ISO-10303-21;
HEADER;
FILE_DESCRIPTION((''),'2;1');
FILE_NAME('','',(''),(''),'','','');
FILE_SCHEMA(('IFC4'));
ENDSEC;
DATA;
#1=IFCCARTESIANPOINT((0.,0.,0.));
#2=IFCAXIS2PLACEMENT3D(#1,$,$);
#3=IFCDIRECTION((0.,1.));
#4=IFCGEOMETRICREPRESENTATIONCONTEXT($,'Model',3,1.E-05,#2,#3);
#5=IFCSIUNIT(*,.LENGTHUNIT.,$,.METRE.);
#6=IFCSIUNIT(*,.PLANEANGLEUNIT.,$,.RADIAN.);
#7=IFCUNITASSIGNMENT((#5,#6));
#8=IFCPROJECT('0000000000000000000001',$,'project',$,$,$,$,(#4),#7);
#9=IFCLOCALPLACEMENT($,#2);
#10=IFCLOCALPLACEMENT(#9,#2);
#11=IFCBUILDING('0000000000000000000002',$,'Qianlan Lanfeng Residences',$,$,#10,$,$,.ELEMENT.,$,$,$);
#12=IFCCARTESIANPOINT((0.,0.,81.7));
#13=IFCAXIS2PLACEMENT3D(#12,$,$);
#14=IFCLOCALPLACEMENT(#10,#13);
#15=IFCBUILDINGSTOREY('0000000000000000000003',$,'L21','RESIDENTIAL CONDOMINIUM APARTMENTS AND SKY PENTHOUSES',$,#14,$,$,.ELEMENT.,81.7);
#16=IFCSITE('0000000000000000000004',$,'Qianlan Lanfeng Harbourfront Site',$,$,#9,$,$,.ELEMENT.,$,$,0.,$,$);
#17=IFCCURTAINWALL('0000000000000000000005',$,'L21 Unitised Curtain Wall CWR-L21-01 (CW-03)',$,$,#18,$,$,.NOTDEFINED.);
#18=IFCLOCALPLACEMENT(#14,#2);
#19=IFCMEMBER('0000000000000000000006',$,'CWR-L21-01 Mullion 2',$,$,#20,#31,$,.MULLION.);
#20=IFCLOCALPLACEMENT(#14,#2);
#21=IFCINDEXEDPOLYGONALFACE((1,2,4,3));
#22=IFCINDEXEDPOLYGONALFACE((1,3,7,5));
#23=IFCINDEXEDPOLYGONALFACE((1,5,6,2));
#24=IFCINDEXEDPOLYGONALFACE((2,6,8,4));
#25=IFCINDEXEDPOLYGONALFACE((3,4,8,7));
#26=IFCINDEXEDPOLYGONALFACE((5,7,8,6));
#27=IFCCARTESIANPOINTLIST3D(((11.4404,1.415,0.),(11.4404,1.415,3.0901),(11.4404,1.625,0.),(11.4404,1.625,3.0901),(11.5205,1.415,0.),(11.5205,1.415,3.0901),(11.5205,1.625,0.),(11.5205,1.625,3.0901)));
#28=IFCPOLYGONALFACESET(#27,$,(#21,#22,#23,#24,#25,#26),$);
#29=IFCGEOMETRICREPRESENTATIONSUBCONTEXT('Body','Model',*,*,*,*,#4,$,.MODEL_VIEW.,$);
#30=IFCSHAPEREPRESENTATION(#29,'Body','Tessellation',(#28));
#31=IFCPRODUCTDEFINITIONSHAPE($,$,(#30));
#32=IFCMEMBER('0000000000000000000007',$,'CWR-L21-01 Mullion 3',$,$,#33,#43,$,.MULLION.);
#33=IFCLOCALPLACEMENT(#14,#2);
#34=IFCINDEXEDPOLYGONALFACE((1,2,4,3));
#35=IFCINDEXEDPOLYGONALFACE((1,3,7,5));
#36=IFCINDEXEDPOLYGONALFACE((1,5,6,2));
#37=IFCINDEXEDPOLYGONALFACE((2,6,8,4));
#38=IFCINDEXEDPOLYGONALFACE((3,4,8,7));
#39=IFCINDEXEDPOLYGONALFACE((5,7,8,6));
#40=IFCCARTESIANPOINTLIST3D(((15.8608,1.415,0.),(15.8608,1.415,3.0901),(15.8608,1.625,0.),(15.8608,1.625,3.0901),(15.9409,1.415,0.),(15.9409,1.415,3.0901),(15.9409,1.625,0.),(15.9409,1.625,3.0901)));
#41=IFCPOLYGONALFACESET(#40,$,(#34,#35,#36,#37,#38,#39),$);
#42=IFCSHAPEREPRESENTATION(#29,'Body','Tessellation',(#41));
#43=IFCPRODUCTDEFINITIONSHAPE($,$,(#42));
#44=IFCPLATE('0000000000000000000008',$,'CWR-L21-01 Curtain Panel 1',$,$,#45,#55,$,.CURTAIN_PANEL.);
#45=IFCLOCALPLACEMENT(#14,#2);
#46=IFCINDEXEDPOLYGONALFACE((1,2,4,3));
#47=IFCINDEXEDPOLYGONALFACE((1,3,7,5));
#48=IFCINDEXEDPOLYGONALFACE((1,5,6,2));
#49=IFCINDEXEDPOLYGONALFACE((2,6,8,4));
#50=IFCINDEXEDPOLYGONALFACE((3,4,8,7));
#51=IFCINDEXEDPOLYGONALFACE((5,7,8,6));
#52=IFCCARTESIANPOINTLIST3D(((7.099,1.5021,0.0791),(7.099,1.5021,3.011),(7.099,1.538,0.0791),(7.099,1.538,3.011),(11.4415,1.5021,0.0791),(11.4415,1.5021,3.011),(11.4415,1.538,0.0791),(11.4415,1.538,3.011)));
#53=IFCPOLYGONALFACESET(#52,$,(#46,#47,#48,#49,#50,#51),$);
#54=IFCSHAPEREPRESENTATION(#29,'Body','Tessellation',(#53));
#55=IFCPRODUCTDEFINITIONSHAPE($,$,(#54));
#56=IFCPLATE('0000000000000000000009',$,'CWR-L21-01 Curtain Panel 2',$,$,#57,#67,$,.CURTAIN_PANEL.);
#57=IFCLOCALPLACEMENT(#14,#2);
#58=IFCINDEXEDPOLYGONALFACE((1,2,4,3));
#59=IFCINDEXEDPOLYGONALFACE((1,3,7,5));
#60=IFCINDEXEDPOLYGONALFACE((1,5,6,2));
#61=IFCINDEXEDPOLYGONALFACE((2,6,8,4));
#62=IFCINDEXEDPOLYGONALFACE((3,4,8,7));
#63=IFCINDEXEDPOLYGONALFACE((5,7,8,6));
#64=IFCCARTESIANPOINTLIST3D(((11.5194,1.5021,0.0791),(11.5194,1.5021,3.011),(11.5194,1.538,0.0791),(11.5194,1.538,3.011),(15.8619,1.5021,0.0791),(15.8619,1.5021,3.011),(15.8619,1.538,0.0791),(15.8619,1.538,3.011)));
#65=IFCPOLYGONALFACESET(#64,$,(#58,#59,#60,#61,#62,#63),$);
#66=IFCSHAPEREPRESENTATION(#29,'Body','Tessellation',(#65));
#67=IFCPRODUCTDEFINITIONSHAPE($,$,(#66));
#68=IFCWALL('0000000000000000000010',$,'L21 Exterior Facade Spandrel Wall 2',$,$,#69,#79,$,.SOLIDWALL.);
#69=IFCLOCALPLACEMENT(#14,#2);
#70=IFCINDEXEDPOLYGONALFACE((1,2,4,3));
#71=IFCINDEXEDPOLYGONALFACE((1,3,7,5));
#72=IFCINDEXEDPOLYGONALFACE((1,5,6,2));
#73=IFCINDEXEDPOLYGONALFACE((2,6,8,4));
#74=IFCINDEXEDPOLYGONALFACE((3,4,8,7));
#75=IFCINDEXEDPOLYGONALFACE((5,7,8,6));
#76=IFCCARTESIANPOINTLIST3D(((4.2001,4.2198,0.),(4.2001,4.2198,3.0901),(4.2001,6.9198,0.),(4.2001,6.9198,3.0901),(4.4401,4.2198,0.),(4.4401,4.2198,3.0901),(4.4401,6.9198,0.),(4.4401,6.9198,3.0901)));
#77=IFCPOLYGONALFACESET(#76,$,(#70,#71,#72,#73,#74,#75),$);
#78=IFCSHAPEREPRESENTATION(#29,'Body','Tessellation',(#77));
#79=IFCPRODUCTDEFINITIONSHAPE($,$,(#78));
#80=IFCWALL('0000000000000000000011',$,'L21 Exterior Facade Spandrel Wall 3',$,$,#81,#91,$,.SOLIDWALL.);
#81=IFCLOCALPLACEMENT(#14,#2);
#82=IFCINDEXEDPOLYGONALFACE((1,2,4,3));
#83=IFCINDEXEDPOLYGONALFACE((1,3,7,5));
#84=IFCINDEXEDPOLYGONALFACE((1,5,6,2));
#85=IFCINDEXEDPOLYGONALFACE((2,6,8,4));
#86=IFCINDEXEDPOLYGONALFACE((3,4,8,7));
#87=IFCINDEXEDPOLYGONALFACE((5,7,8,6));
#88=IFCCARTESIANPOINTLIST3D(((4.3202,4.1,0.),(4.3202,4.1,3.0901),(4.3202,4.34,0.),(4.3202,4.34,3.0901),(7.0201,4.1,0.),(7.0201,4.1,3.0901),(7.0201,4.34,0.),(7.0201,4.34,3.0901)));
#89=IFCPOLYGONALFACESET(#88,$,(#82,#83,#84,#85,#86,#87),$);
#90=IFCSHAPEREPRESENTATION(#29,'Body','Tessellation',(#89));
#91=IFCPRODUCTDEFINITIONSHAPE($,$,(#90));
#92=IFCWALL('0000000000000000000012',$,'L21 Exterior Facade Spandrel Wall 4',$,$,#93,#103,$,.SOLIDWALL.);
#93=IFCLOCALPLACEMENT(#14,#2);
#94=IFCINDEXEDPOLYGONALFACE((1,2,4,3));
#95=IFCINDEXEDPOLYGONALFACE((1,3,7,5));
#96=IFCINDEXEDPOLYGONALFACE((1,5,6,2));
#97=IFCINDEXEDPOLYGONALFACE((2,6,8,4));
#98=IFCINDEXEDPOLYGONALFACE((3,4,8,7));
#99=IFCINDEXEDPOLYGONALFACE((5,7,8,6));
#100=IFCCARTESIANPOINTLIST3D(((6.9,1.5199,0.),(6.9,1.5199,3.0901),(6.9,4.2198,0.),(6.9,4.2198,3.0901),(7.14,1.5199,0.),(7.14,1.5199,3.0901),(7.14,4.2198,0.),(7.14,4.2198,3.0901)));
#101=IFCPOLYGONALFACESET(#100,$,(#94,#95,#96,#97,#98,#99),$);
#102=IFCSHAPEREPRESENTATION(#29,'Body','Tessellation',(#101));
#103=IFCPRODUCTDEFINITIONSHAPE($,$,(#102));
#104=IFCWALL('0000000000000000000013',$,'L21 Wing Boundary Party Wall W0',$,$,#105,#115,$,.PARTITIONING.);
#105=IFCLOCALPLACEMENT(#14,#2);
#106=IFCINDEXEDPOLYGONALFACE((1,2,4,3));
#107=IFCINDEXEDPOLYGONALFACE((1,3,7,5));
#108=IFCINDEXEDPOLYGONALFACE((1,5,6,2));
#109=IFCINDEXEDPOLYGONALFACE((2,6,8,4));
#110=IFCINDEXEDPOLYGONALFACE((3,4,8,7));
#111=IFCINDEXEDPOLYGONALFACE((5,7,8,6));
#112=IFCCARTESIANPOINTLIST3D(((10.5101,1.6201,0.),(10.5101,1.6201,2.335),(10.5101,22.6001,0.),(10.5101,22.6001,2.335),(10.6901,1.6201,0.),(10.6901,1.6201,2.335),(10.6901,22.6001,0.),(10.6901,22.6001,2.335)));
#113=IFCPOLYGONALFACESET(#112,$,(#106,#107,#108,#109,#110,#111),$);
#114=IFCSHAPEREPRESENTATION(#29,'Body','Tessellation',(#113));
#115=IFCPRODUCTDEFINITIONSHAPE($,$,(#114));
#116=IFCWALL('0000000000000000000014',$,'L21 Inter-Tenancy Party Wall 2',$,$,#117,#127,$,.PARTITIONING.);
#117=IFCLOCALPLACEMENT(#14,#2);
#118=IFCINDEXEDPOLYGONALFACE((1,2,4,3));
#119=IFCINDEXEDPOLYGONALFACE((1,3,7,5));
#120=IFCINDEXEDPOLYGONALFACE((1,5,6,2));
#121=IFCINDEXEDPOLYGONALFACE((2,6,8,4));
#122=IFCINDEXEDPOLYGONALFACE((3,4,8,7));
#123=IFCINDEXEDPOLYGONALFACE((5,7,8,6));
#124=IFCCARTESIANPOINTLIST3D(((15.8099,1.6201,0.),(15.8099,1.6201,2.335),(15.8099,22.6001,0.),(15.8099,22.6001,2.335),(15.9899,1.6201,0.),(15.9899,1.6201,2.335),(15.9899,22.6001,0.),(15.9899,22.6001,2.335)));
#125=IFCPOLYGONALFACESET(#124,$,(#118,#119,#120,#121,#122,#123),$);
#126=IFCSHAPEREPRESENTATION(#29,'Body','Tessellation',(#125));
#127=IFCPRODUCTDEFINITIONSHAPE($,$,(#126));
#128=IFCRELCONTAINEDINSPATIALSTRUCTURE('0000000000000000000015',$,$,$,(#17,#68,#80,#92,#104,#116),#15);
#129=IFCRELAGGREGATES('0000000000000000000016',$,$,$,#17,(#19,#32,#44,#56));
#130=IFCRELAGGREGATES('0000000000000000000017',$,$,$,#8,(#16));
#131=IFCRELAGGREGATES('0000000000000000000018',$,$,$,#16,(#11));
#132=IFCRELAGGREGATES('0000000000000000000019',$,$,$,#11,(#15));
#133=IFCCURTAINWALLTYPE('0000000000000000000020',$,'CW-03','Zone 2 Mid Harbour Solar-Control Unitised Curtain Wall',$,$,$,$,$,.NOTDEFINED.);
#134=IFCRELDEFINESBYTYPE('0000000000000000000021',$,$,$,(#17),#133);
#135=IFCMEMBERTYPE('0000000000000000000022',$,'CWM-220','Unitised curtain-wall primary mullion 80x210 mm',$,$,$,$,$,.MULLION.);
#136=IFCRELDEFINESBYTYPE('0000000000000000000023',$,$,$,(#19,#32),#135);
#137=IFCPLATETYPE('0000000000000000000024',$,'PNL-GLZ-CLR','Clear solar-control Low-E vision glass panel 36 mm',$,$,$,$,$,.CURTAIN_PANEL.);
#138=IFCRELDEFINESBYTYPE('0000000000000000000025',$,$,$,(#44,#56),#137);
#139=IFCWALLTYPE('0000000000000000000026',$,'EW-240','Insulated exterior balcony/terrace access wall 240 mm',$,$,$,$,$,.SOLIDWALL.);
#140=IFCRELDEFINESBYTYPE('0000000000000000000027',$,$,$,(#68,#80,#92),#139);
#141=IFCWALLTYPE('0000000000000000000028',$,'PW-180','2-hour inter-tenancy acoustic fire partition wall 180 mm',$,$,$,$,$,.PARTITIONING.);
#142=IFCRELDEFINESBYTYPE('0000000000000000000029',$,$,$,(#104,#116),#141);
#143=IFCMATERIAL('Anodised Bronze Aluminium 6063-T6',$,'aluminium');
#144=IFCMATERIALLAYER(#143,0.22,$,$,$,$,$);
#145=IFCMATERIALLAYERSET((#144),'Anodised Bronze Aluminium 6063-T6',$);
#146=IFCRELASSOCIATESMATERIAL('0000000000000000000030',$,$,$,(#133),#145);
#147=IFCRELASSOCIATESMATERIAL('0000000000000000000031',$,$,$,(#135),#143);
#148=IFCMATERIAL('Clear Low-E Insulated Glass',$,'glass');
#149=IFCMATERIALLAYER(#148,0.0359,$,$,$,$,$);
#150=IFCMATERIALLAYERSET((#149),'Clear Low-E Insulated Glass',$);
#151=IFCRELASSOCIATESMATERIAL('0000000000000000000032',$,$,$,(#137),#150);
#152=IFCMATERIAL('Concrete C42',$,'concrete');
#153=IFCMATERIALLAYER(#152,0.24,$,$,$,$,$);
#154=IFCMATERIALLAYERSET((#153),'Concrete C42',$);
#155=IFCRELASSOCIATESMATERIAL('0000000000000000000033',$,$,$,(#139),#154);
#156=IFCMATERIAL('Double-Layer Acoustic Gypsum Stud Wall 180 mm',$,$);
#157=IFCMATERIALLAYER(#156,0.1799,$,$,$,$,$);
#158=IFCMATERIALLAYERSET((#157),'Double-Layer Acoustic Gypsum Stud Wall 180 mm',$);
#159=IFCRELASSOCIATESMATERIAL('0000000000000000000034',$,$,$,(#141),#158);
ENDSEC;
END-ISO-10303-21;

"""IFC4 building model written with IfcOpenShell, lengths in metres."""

from ifc_helpers import new_model, si_unit, direction, frame, frame_2d, origin, origin_2d, place, context, subcontext, project, spatial, rectangle, extrude, source, transform, mapped, material, layer, layer_set, material_profile, profile_set, type_object, element, aggregate, save


model = new_model("IFC4")

# Units and contexts
model_context = context("Model", 3, precision=1e-05, world=origin(), true_north=direction((0.0, 1.0)))
body_context = subcontext(model_context, "Body", "Model", "MODEL_VIEW")
ifc_project = project(units=[si_unit("LENGTHUNIT", "METRE"), si_unit("PLANEANGLEUNIT", "RADIAN")], contexts=[model_context])

# Site, building, storey
site_placement = place(None, origin())
site = spatial("IfcSite", under=ifc_project, at=site_placement, Name="Qianlan Lanfeng Harbourfront Site", CompositionType="ELEMENT", RefElevation=0.0)
building_placement = place(site_placement, origin())
building = spatial("IfcBuilding", under=site, at=building_placement, Name="Qianlan Lanfeng Residences", CompositionType="ELEMENT")
storey_placement = place(building_placement, frame((0.0, 0.0, 81.7)))
storey = spatial("IfcBuildingStorey", under=building, at=storey_placement, Name="L21", Description="RESIDENTIAL CONDOMINIUM APARTMENTS AND SKY PENTHOUSES", CompositionType="ELEMENT", Elevation=81.7)

# Curtain wall, members, plates
ifc_material_1 = material(Name="Anodised Bronze Aluminium 6063-T6", Category="aluminium")
ifc_layer_1 = layer(ifc_material_1, 0.22)
ifc_layer_set_1 = layer_set([ifc_layer_1], Name="Anodised Bronze Aluminium 6063-T6")
curtain_wall_type = type_object("IfcCurtainWallType", Name="CW-03", Description="Zone 2 Mid Harbour Solar-Control Unitised Curtain Wall", PredefinedType="NOTDEFINED", material=ifc_layer_set_1)
curtain_wall_placement = place(storey_placement, origin())
curtain_wall = element("IfcCurtainWall", 1, at=curtain_wall_placement, inside=storey, type_object=curtain_wall_type, Name="L21 Unitised Curtain Wall CWR-L21-01 (CW-03)", PredefinedType="NOTDEFINED")
ifc_material_profile_1 = material_profile(ifc_material_1, rectangle(XDim=0.0801, YDim=0.21, at=origin_2d()), Name="ALU MULLION 80x210")
ifc_profile_set_1 = profile_set([ifc_material_profile_1], Name="Anodised Bronze Aluminium 6063-T6")
member_type_1 = type_object("IfcMemberType", Name="CWM-220", Description="Unitised curtain-wall primary mullion 80x210 mm", PredefinedType="MULLION", material=ifc_profile_set_1)
shared_shape_1 = source(origin(), body_context, "Body", "SweptSolid", [
    extrude(rectangle(XDim=0.0801, YDim=0.21, at=origin_2d()), origin(), (0.0, 0.0, 1.0), 3.0901),
])
member_1_placement = place(storey_placement, frame((11.4805, 1.52, 0.0), z_axis=(0.0, 0.0, 1.0), x_axis=(1.0, 0.0, 0.0)))
member_1 = element("IfcMember", 2, at=member_1_placement, type_object=member_type_1, Name="CWR-L21-01 Mullion 2", PredefinedType="MULLION", context=body_context, shape_type="MappedRepresentation", body=[
    mapped(shared_shape_1, transform((0.0, 0.0, 0.0), scale=1.0)),
])
member_2_placement = place(storey_placement, frame((15.9009, 1.52, 0.0), z_axis=(0.0, 0.0, 1.0), x_axis=(1.0, 0.0, 0.0)))
member_2 = element("IfcMember", 3, at=member_2_placement, type_object=member_type_1, Name="CWR-L21-01 Mullion 3", PredefinedType="MULLION", context=body_context, shape_type="MappedRepresentation", body=[
    mapped(shared_shape_1, transform((0.0, 0.0, 0.0), scale=1.0)),
])
ifc_material_2 = material(Name="Clear Low-E Insulated Glass", Category="glass")
ifc_layer_2 = layer(ifc_material_2, 0.0359)
ifc_layer_set_2 = layer_set([ifc_layer_2], Name="Clear Low-E Insulated Glass")
plate_type = type_object("IfcPlateType", Name="PNL-GLZ-CLR", Description="Clear solar-control Low-E vision glass panel 36 mm", PredefinedType="CURTAIN_PANEL", material=ifc_layer_set_2)
shared_shape_2 = source(origin(), body_context, "Body", "SweptSolid", [
    extrude(rectangle(XDim=4.3425, YDim=0.0359, at=origin_2d()), origin(), (0.0, 0.0, 1.0), 2.9319),
])
plate_1_placement = place(storey_placement, frame((9.2703, 1.52, 0.0791), z_axis=(0.0, 0.0, 1.0), x_axis=(1.0, 0.0, 0.0)))
plate_1 = element("IfcPlate", 4, at=plate_1_placement, type_object=plate_type, Name="CWR-L21-01 Curtain Panel 1", PredefinedType="CURTAIN_PANEL", context=body_context, shape_type="MappedRepresentation", body=[
    mapped(shared_shape_2, transform((0.0, 0.0, 0.0), scale=1.0)),
])
plate_2_placement = place(storey_placement, frame((13.6907, 1.52, 0.0791), z_axis=(0.0, 0.0, 1.0), x_axis=(1.0, 0.0, 0.0)))
plate_2 = element("IfcPlate", 5, at=plate_2_placement, type_object=plate_type, Name="CWR-L21-01 Curtain Panel 2", PredefinedType="CURTAIN_PANEL", context=body_context, shape_type="MappedRepresentation", body=[
    mapped(shared_shape_2, transform((0.0, 0.0, 0.0), scale=1.0)),
])
aggregate(curtain_wall, [member_1, member_2, plate_1, plate_2])

# Walls
ifc_material_3 = material(Name="Concrete C42", Category="concrete")
ifc_layer_3 = layer(ifc_material_3, 0.24)
ifc_layer_set_3 = layer_set([ifc_layer_3], Name="Concrete C42")
wall_type_1 = type_object("IfcWallType", Name="EW-240", Description="Insulated exterior balcony/terrace access wall 240 mm", PredefinedType="SOLIDWALL", material=ifc_layer_set_3)
for number, where, z_axis, x_axis, name in (
    (6, (4.3201, 6.9199, 0.0), (0.0, 0.0, 1.0), (0.0, -1.0, 0.0), "L21 Exterior Facade Spandrel Wall 2"),
    (7, (4.3201, 4.22, 0.0), (0.0, 0.0, 1.0), (1.0, 0.0, 0.0), "L21 Exterior Facade Spandrel Wall 3"),
    (8, (7.02, 4.22, 0.0), (0.0, 0.0, 1.0), (0.0, -1.0, 0.0), "L21 Exterior Facade Spandrel Wall 4"),
):
    element("IfcWall", number, at=place(storey_placement, frame(where, z_axis=z_axis, x_axis=x_axis)), inside=storey, type_object=wall_type_1, Name=name, PredefinedType="SOLIDWALL", context=body_context, shape_type="SweptSolid", body=[
        extrude(rectangle(XDim=2.7, YDim=0.24, at=frame_2d((1.3501, 0.0))), origin(), (0.0, 0.0, 1.0), 3.0901),
    ])

# Walls
ifc_material_4 = material(Name="Double-Layer Acoustic Gypsum Stud Wall 180 mm")
ifc_layer_4 = layer(ifc_material_4, 0.1799)
ifc_layer_set_4 = layer_set([ifc_layer_4], Name="Double-Layer Acoustic Gypsum Stud Wall 180 mm")
wall_type_2 = type_object("IfcWallType", Name="PW-180", Description="2-hour inter-tenancy acoustic fire partition wall 180 mm", PredefinedType="PARTITIONING", material=ifc_layer_set_4)
for number, where, z_axis, x_axis, name in (
    (9, (10.6001, 1.6201, 0.0), (0.0, 0.0, 1.0), (0.0, 1.0, 0.0), "L21 Wing Boundary Party Wall W0"),
    (10, (15.8999, 1.6201, 0.0), (0.0, 0.0, 1.0), (0.0, 1.0, 0.0), "L21 Inter-Tenancy Party Wall 2"),
):
    element("IfcWall", number, at=place(storey_placement, frame(where, z_axis=z_axis, x_axis=x_axis)), inside=storey, type_object=wall_type_2, Name=name, PredefinedType="PARTITIONING", context=body_context, shape_type="SweptSolid", body=[
        extrude(rectangle(XDim=20.98, YDim=0.1799, at=frame_2d((10.49, 0.0))), origin(), (0.0, 0.0, 1.0), 2.335),
    ])

save(model, "model.ifc")
